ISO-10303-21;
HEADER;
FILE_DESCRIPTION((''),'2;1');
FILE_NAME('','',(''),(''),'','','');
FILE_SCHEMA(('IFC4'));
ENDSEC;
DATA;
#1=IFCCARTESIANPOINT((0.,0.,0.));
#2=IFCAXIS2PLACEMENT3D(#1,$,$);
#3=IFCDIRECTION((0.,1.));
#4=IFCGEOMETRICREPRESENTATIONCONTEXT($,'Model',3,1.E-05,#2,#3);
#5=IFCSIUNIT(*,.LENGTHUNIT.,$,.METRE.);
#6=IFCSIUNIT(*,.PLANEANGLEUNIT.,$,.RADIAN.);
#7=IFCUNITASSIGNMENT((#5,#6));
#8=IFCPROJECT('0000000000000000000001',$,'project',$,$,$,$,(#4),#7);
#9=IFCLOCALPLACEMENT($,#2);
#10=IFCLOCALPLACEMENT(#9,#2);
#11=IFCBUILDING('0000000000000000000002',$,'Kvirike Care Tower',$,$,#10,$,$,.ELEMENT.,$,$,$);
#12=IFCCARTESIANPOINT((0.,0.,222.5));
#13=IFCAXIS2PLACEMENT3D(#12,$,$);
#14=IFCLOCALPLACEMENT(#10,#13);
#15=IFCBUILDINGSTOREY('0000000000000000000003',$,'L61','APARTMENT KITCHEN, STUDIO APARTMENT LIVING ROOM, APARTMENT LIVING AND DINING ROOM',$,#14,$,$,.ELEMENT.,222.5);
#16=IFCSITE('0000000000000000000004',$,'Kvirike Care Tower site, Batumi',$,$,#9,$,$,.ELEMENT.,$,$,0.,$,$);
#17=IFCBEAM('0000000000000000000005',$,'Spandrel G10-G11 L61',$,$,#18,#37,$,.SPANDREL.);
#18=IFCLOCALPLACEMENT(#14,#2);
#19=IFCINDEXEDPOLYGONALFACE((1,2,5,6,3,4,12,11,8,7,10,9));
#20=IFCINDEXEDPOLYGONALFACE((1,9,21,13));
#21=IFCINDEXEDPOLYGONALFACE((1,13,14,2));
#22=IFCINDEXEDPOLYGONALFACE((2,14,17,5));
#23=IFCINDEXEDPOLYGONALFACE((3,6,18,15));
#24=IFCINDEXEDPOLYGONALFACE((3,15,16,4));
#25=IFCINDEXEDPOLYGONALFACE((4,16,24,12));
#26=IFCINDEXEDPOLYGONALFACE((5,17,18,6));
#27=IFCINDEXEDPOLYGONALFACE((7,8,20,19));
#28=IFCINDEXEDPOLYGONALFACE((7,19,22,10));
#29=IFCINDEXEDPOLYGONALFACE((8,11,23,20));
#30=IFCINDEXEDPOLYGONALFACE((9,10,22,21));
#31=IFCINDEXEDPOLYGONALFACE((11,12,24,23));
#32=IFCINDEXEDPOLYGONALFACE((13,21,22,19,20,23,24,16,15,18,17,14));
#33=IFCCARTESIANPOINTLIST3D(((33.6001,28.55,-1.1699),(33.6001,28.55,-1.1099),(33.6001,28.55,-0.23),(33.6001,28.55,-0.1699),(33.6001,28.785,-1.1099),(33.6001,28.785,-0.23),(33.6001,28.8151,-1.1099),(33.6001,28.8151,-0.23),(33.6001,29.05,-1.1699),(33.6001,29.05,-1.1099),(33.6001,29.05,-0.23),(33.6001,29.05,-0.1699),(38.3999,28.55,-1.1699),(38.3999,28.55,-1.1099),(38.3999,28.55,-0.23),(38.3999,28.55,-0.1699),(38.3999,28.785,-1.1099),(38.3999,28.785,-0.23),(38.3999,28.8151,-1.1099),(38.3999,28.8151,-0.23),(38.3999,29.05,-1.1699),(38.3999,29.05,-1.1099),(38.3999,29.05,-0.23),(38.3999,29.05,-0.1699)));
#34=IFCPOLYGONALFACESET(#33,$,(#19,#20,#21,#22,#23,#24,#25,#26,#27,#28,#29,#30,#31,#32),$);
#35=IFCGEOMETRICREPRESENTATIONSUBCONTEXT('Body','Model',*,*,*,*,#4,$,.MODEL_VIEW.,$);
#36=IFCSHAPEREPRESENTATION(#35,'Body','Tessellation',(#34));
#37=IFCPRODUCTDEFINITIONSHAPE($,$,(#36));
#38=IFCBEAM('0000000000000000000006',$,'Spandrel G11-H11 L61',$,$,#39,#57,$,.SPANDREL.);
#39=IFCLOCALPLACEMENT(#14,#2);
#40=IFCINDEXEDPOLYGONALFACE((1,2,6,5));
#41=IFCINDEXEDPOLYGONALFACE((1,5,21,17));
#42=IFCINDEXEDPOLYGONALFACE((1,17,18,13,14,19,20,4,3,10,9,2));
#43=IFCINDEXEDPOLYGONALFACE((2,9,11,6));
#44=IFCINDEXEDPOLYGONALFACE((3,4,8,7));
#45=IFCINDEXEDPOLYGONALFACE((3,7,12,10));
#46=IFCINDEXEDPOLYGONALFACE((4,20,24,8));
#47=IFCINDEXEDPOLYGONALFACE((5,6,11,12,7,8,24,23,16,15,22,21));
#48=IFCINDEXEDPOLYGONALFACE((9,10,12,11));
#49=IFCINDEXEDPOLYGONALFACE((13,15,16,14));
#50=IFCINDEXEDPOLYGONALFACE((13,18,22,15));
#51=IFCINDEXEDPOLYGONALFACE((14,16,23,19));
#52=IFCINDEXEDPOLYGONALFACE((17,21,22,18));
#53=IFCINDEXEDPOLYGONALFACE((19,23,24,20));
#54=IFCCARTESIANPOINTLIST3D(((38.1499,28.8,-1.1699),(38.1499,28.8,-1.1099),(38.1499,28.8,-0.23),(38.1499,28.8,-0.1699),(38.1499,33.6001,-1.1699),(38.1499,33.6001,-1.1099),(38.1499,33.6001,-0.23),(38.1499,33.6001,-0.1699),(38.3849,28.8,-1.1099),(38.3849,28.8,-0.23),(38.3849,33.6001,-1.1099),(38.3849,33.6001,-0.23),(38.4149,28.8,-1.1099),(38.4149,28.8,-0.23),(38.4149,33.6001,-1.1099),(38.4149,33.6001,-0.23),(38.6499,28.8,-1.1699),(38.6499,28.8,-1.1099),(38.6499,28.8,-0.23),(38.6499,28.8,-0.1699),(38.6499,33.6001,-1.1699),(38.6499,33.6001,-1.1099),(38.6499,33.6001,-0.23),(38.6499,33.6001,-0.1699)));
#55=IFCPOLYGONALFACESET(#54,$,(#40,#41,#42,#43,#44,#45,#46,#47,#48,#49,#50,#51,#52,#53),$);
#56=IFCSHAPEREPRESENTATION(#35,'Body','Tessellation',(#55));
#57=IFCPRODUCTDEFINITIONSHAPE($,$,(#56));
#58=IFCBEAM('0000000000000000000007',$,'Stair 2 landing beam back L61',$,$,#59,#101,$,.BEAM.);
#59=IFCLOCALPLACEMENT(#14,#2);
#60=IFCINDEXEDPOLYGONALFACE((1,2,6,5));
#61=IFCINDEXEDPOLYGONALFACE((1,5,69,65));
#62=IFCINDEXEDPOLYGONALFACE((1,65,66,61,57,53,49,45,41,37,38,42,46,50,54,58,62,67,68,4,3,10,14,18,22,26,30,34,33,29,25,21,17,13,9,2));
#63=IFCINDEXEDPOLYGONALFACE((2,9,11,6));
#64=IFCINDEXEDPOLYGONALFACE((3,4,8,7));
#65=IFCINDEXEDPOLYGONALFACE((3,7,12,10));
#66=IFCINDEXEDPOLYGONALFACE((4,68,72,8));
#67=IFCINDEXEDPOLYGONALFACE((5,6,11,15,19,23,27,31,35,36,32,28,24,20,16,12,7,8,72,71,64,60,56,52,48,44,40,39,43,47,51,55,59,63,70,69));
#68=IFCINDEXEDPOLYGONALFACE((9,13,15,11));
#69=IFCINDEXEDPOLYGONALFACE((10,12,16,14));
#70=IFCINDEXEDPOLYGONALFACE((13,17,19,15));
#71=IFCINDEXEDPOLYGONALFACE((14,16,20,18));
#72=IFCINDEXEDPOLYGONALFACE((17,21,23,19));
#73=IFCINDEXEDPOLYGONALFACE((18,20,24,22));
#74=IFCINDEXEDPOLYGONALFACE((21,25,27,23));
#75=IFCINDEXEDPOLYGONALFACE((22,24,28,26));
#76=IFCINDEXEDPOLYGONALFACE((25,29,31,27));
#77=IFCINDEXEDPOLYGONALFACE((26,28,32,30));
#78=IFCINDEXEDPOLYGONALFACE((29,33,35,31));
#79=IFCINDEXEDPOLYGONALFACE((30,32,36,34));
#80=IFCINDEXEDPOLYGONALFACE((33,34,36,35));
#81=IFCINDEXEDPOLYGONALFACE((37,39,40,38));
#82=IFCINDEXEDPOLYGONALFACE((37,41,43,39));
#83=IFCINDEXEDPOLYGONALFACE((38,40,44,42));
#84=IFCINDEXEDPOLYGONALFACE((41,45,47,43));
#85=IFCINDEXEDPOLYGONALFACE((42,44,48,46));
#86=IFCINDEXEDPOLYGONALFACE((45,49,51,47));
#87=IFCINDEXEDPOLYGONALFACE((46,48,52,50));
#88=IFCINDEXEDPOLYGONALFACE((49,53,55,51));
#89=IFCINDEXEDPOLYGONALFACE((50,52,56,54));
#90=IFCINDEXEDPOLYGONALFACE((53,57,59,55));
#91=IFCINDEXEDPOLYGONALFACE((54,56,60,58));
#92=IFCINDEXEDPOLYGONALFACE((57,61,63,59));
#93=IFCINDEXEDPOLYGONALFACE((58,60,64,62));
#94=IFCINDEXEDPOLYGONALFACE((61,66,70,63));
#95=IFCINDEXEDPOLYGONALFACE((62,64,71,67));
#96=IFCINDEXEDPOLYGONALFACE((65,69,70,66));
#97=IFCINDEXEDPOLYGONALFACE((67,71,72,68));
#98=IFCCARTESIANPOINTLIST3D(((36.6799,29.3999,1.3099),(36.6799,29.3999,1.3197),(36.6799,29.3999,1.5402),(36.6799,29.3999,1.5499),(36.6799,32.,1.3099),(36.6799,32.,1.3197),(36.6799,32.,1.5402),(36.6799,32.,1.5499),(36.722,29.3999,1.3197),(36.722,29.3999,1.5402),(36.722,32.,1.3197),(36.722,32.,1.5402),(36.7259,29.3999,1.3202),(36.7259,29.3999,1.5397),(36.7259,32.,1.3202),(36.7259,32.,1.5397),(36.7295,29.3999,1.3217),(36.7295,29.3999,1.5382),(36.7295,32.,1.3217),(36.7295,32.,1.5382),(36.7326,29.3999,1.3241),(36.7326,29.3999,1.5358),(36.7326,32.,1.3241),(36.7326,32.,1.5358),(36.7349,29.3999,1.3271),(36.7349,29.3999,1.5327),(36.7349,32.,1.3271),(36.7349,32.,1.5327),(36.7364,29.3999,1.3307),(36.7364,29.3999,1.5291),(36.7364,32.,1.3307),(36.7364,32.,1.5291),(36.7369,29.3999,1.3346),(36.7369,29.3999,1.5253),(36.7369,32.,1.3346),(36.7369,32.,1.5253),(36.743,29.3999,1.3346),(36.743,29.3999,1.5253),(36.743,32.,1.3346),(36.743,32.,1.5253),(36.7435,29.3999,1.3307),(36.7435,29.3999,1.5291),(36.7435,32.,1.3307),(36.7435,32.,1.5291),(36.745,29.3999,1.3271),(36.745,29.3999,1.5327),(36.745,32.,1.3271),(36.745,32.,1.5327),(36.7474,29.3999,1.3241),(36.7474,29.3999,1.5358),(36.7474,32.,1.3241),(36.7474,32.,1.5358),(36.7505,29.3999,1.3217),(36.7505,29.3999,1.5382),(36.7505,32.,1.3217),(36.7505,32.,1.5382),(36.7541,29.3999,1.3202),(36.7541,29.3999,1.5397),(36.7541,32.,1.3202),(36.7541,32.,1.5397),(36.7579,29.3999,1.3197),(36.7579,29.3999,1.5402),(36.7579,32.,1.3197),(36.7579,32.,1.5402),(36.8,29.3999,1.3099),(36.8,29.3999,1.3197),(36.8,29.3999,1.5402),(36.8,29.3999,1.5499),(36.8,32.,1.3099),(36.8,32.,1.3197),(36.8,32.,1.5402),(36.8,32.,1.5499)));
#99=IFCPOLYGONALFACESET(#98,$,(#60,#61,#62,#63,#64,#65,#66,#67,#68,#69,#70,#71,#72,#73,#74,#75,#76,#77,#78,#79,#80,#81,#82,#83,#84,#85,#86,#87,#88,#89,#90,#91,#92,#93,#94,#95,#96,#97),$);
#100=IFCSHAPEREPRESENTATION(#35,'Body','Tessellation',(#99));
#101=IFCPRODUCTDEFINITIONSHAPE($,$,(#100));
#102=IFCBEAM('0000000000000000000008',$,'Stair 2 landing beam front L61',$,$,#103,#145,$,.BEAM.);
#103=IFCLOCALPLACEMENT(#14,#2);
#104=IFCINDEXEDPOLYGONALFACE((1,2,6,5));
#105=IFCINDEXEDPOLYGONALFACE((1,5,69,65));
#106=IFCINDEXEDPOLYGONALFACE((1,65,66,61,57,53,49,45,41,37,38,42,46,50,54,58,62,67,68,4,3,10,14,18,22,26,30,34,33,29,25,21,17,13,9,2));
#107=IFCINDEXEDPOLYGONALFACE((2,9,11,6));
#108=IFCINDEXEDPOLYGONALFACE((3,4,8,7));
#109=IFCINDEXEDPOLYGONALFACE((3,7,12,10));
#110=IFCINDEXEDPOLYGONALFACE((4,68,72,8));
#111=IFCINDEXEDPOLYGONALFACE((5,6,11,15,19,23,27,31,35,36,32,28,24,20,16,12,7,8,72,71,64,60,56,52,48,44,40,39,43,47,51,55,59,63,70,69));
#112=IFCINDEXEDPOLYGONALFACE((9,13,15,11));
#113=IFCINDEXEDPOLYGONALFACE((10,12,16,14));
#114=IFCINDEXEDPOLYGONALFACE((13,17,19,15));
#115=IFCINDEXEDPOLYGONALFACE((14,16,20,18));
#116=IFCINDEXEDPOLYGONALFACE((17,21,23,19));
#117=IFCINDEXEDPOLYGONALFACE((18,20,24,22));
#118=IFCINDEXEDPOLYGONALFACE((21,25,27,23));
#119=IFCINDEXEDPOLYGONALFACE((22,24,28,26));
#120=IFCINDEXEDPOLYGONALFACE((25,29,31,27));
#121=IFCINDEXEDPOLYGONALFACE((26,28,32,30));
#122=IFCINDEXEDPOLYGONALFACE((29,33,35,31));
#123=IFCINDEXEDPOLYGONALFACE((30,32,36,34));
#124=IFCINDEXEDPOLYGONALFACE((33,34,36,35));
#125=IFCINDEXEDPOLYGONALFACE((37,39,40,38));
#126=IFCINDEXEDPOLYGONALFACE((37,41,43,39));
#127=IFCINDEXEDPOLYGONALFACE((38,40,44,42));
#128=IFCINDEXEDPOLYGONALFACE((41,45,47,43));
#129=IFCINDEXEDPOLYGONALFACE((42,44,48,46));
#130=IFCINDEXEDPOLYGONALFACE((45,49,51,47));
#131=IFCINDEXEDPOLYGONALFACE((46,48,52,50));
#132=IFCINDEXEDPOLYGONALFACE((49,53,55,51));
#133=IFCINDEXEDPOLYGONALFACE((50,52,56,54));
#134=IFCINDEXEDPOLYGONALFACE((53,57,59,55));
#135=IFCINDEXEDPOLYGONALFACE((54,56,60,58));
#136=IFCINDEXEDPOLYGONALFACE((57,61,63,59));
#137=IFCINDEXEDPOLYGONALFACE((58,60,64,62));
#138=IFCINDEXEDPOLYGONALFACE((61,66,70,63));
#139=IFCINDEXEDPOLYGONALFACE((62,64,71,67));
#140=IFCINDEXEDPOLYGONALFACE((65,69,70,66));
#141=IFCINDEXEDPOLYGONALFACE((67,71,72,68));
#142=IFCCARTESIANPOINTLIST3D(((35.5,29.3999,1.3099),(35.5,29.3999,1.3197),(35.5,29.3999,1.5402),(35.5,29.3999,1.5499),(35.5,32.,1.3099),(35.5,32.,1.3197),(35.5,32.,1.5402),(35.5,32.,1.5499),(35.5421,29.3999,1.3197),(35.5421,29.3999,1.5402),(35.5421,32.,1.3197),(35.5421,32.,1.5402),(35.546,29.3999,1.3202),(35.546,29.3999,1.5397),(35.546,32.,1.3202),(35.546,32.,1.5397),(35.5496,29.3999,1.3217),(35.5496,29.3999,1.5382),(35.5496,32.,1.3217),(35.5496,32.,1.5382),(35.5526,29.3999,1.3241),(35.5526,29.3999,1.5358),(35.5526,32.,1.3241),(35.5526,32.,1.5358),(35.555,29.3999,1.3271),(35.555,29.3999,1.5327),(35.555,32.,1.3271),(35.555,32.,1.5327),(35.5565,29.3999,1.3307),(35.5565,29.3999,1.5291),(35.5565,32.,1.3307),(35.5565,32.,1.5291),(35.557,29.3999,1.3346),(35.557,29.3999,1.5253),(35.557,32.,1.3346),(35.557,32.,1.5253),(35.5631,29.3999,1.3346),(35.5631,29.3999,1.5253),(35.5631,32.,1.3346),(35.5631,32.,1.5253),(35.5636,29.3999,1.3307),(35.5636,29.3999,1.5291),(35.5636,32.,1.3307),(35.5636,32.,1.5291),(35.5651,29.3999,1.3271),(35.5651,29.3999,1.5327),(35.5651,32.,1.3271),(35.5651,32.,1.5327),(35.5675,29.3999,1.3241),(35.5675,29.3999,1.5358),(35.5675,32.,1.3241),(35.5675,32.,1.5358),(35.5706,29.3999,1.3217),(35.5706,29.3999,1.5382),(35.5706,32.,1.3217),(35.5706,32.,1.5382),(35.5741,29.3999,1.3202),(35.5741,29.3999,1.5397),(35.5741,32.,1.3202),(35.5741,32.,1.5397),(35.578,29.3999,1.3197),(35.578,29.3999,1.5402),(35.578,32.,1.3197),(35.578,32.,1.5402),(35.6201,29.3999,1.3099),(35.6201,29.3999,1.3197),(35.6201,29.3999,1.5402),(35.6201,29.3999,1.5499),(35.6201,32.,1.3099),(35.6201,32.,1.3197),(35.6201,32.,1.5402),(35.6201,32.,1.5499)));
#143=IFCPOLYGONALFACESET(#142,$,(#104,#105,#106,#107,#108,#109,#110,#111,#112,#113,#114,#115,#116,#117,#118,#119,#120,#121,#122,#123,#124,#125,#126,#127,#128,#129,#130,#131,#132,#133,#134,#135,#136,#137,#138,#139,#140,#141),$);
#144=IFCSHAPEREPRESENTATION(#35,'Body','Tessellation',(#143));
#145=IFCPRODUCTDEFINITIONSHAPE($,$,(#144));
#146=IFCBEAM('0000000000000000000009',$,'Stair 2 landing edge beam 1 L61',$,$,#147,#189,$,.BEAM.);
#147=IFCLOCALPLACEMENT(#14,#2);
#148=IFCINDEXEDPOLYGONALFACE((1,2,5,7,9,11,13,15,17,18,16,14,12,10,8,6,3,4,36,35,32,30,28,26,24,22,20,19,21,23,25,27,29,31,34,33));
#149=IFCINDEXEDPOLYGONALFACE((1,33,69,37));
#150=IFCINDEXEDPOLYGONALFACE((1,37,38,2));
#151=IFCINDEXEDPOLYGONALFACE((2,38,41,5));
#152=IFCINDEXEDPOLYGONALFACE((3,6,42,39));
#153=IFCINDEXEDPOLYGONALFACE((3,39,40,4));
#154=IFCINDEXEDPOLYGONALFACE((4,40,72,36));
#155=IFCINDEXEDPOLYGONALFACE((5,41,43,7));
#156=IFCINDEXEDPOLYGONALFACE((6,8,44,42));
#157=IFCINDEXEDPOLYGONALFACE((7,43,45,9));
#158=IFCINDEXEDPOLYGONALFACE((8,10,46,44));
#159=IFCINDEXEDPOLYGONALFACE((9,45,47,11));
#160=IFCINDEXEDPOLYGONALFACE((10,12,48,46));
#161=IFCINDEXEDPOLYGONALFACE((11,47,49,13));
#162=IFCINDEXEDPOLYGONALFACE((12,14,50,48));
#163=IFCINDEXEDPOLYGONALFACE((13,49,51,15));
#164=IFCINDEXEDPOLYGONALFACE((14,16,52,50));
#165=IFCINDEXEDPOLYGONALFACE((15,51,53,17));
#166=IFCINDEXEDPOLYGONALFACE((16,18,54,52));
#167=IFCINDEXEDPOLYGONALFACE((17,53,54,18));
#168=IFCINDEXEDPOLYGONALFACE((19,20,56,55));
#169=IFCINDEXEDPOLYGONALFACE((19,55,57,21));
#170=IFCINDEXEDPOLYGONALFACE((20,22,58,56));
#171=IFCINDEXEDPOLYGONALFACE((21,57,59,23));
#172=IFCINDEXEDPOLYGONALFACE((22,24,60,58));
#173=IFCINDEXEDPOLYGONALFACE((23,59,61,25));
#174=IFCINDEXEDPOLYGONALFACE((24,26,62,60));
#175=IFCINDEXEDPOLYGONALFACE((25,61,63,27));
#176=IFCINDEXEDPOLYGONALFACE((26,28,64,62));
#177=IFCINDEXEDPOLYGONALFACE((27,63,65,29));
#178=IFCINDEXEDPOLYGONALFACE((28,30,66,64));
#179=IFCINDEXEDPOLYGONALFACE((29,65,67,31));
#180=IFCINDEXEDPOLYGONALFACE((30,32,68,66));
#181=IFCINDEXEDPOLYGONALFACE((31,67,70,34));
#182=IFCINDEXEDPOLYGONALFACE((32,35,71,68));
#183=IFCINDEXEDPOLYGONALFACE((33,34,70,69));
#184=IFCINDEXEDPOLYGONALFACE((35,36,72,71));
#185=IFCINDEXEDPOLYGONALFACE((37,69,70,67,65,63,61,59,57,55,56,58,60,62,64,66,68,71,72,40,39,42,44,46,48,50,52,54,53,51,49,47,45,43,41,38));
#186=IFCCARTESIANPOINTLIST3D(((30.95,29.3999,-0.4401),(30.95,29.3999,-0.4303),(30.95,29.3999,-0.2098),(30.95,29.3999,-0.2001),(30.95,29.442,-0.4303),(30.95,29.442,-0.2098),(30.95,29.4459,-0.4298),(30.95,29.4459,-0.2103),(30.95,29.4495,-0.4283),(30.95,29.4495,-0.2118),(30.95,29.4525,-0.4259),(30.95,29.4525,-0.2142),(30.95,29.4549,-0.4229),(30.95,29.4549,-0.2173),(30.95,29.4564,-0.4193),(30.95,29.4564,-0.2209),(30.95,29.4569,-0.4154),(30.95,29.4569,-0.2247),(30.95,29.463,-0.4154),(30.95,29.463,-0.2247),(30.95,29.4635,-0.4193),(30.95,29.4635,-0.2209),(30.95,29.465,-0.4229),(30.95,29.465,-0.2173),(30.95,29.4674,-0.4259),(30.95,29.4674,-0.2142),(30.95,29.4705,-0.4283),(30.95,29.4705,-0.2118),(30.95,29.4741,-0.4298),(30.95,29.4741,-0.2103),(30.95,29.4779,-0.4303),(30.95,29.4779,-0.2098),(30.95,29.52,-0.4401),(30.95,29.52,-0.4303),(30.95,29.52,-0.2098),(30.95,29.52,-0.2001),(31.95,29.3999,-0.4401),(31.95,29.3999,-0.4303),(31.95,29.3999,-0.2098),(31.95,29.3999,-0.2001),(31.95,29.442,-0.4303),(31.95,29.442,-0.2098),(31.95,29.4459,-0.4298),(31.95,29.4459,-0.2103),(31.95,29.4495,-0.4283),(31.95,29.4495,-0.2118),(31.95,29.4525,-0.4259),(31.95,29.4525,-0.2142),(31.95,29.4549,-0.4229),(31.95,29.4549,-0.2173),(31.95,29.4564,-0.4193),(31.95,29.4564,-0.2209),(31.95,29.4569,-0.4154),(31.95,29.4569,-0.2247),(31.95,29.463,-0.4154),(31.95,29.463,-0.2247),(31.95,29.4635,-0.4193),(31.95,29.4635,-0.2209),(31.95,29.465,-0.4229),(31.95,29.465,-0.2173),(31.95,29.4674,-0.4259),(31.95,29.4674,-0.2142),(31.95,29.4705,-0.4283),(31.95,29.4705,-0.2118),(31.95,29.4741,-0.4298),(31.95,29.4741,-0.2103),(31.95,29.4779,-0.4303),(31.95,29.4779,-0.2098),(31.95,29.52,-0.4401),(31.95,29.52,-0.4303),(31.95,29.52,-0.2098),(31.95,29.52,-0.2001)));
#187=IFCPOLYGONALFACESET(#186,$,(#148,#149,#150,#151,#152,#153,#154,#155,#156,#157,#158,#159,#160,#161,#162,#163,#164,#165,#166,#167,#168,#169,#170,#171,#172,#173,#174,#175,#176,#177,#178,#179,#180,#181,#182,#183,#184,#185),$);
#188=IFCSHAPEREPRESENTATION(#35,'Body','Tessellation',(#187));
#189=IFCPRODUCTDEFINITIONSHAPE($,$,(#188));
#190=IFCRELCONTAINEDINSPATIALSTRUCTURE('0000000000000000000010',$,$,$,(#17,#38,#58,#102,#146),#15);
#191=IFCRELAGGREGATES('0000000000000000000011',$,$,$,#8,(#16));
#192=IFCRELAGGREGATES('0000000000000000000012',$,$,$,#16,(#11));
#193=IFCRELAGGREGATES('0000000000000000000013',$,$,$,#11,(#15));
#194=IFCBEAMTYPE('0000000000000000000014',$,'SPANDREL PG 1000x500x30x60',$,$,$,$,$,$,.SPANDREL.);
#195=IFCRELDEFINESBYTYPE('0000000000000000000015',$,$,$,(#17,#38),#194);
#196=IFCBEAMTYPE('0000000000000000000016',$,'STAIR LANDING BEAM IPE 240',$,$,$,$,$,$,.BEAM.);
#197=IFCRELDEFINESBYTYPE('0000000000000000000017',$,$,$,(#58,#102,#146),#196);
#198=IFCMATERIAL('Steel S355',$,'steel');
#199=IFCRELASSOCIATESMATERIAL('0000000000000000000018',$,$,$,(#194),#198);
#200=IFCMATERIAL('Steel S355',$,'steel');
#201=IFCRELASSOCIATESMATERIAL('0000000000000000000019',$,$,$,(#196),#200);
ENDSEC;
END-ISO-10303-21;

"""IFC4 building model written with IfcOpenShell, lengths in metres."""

from ifc_helpers import new_model, si_unit, direction, frame, origin, origin_2d, place, context, subcontext, project, spatial, i_section, extrude, material, material_profile, profile_set, type_object, element, save


model = new_model("IFC4")

# Units and contexts
model_context = context("Model", 3, precision=1e-05, world=origin(), true_north=direction((0.0, 1.0)))
body_context = subcontext(model_context, "Body", "Model", "MODEL_VIEW")
ifc_project = project(units=[si_unit("LENGTHUNIT", "METRE"), si_unit("PLANEANGLEUNIT", "RADIAN")], contexts=[model_context])

# Site, building, storey
site_placement = place(None, origin())
site = spatial("IfcSite", under=ifc_project, at=site_placement, Name="Kvirike Care Tower site, Batumi", CompositionType="ELEMENT", RefElevation=0.0)
building_placement = place(site_placement, origin())
building = spatial("IfcBuilding", under=site, at=building_placement, Name="Kvirike Care Tower", CompositionType="ELEMENT")
storey_placement = place(building_placement, frame((0.0, 0.0, 222.5)))
storey = spatial("IfcBuildingStorey", under=building, at=storey_placement, Name="L61", Description="APARTMENT KITCHEN, STUDIO APARTMENT LIVING ROOM, APARTMENT LIVING AND DINING ROOM", CompositionType="ELEMENT", Elevation=222.5)

# Beams
ifc_material_1 = material(Name="Steel S355", Category="steel")
ifc_material_profile_1 = material_profile(ifc_material_1, i_section(OverallWidth=0.5, OverallDepth=1.0, WebThickness=0.03, FlangeThickness=0.0601, at=origin_2d()), Name="PG 1000x500x30x60")
ifc_profile_set_1 = profile_set([ifc_material_profile_1], Name="Steel S355")
beam_type_1 = type_object("IfcBeamType", Name="SPANDREL PG 1000x500x30x60", PredefinedType="SPANDREL", material=ifc_profile_set_1)
beam_1_placement = place(storey_placement, frame((33.6001, 28.8, -0.6699), z_axis=(1.0, 0.0, 0.0), x_axis=(0.0, 1.0, 0.0)))
element("IfcBeam", 1, at=beam_1_placement, inside=storey, type_object=beam_type_1, Name="Spandrel G10-G11 L61", PredefinedType="SPANDREL", context=body_context, shape_type="SweptSolid", body=[
    extrude(i_section(OverallWidth=0.5, OverallDepth=1.0, WebThickness=0.03, FlangeThickness=0.0601, at=origin_2d()), origin(), (0.0, 0.0, 1.0), 4.7998),
])
beam_2_placement = place(storey_placement, frame((38.3999, 28.8, -0.6699), z_axis=(0.0, 1.0, 0.0), x_axis=(-1.0, 0.0, 0.0)))
element("IfcBeam", 2, at=beam_2_placement, inside=storey, type_object=beam_type_1, Name="Spandrel G11-H11 L61", PredefinedType="SPANDREL", context=body_context, shape_type="SweptSolid", body=[
    extrude(i_section(OverallWidth=0.5, OverallDepth=1.0, WebThickness=0.03, FlangeThickness=0.0601, at=origin_2d()), origin(), (0.0, 0.0, 1.0), 4.8),
])
ifc_material_2 = material(Name="Steel S355", Category="steel")
ifc_material_profile_2 = material_profile(ifc_material_2, i_section(OverallWidth=0.1201, OverallDepth=0.24, WebThickness=0.0061, FlangeThickness=0.0098, FilletRadius=0.0149, at=origin_2d()), Name="IPE 240")
ifc_profile_set_2 = profile_set([ifc_material_profile_2], Name="Steel S355")
beam_type_2 = type_object("IfcBeamType", Name="STAIR LANDING BEAM IPE 240", PredefinedType="BEAM", material=ifc_profile_set_2)
for number, where, z_axis, x_axis, name in (
    (3, (36.74, 29.3999, 1.4299), (0.0, 1.0, 0.0), (-1.0, 0.0, 0.0), "Stair 2 landing beam back L61"),
    (4, (35.5601, 29.3999, 1.4299), (0.0, 1.0, 0.0), (-1.0, 0.0, 0.0), "Stair 2 landing beam front L61"),
):
    element("IfcBeam", number, at=place(storey_placement, frame(where, z_axis=z_axis, x_axis=x_axis)), inside=storey, type_object=beam_type_2, Name=name, PredefinedType="BEAM", context=body_context, shape_type="SweptSolid", body=[
        extrude(i_section(OverallWidth=0.1201, OverallDepth=0.24, WebThickness=0.0061, FlangeThickness=0.0098, FilletRadius=0.0149, at=origin_2d()), origin(), (0.0, 0.0, 1.0), 2.6001),
    ])
for number, where, z_axis, x_axis, name in (
    (5, (31.95, 29.46, -0.3201), (-1.0, 0.0, 0.0), (0.0, -1.0, 0.0), "Stair 2 landing edge beam 1 L61"),
):
    element("IfcBeam", number, at=place(storey_placement, frame(where, z_axis=z_axis, x_axis=x_axis)), inside=storey, type_object=beam_type_2, Name=name, PredefinedType="BEAM", context=body_context, shape_type="SweptSolid", body=[
        extrude(i_section(OverallWidth=0.1201, OverallDepth=0.24, WebThickness=0.0061, FlangeThickness=0.0098, FilletRadius=0.0149, at=origin_2d()), origin(), (0.0, 0.0, 1.0), 1.0),
    ])

save(model, "model.ifc")
